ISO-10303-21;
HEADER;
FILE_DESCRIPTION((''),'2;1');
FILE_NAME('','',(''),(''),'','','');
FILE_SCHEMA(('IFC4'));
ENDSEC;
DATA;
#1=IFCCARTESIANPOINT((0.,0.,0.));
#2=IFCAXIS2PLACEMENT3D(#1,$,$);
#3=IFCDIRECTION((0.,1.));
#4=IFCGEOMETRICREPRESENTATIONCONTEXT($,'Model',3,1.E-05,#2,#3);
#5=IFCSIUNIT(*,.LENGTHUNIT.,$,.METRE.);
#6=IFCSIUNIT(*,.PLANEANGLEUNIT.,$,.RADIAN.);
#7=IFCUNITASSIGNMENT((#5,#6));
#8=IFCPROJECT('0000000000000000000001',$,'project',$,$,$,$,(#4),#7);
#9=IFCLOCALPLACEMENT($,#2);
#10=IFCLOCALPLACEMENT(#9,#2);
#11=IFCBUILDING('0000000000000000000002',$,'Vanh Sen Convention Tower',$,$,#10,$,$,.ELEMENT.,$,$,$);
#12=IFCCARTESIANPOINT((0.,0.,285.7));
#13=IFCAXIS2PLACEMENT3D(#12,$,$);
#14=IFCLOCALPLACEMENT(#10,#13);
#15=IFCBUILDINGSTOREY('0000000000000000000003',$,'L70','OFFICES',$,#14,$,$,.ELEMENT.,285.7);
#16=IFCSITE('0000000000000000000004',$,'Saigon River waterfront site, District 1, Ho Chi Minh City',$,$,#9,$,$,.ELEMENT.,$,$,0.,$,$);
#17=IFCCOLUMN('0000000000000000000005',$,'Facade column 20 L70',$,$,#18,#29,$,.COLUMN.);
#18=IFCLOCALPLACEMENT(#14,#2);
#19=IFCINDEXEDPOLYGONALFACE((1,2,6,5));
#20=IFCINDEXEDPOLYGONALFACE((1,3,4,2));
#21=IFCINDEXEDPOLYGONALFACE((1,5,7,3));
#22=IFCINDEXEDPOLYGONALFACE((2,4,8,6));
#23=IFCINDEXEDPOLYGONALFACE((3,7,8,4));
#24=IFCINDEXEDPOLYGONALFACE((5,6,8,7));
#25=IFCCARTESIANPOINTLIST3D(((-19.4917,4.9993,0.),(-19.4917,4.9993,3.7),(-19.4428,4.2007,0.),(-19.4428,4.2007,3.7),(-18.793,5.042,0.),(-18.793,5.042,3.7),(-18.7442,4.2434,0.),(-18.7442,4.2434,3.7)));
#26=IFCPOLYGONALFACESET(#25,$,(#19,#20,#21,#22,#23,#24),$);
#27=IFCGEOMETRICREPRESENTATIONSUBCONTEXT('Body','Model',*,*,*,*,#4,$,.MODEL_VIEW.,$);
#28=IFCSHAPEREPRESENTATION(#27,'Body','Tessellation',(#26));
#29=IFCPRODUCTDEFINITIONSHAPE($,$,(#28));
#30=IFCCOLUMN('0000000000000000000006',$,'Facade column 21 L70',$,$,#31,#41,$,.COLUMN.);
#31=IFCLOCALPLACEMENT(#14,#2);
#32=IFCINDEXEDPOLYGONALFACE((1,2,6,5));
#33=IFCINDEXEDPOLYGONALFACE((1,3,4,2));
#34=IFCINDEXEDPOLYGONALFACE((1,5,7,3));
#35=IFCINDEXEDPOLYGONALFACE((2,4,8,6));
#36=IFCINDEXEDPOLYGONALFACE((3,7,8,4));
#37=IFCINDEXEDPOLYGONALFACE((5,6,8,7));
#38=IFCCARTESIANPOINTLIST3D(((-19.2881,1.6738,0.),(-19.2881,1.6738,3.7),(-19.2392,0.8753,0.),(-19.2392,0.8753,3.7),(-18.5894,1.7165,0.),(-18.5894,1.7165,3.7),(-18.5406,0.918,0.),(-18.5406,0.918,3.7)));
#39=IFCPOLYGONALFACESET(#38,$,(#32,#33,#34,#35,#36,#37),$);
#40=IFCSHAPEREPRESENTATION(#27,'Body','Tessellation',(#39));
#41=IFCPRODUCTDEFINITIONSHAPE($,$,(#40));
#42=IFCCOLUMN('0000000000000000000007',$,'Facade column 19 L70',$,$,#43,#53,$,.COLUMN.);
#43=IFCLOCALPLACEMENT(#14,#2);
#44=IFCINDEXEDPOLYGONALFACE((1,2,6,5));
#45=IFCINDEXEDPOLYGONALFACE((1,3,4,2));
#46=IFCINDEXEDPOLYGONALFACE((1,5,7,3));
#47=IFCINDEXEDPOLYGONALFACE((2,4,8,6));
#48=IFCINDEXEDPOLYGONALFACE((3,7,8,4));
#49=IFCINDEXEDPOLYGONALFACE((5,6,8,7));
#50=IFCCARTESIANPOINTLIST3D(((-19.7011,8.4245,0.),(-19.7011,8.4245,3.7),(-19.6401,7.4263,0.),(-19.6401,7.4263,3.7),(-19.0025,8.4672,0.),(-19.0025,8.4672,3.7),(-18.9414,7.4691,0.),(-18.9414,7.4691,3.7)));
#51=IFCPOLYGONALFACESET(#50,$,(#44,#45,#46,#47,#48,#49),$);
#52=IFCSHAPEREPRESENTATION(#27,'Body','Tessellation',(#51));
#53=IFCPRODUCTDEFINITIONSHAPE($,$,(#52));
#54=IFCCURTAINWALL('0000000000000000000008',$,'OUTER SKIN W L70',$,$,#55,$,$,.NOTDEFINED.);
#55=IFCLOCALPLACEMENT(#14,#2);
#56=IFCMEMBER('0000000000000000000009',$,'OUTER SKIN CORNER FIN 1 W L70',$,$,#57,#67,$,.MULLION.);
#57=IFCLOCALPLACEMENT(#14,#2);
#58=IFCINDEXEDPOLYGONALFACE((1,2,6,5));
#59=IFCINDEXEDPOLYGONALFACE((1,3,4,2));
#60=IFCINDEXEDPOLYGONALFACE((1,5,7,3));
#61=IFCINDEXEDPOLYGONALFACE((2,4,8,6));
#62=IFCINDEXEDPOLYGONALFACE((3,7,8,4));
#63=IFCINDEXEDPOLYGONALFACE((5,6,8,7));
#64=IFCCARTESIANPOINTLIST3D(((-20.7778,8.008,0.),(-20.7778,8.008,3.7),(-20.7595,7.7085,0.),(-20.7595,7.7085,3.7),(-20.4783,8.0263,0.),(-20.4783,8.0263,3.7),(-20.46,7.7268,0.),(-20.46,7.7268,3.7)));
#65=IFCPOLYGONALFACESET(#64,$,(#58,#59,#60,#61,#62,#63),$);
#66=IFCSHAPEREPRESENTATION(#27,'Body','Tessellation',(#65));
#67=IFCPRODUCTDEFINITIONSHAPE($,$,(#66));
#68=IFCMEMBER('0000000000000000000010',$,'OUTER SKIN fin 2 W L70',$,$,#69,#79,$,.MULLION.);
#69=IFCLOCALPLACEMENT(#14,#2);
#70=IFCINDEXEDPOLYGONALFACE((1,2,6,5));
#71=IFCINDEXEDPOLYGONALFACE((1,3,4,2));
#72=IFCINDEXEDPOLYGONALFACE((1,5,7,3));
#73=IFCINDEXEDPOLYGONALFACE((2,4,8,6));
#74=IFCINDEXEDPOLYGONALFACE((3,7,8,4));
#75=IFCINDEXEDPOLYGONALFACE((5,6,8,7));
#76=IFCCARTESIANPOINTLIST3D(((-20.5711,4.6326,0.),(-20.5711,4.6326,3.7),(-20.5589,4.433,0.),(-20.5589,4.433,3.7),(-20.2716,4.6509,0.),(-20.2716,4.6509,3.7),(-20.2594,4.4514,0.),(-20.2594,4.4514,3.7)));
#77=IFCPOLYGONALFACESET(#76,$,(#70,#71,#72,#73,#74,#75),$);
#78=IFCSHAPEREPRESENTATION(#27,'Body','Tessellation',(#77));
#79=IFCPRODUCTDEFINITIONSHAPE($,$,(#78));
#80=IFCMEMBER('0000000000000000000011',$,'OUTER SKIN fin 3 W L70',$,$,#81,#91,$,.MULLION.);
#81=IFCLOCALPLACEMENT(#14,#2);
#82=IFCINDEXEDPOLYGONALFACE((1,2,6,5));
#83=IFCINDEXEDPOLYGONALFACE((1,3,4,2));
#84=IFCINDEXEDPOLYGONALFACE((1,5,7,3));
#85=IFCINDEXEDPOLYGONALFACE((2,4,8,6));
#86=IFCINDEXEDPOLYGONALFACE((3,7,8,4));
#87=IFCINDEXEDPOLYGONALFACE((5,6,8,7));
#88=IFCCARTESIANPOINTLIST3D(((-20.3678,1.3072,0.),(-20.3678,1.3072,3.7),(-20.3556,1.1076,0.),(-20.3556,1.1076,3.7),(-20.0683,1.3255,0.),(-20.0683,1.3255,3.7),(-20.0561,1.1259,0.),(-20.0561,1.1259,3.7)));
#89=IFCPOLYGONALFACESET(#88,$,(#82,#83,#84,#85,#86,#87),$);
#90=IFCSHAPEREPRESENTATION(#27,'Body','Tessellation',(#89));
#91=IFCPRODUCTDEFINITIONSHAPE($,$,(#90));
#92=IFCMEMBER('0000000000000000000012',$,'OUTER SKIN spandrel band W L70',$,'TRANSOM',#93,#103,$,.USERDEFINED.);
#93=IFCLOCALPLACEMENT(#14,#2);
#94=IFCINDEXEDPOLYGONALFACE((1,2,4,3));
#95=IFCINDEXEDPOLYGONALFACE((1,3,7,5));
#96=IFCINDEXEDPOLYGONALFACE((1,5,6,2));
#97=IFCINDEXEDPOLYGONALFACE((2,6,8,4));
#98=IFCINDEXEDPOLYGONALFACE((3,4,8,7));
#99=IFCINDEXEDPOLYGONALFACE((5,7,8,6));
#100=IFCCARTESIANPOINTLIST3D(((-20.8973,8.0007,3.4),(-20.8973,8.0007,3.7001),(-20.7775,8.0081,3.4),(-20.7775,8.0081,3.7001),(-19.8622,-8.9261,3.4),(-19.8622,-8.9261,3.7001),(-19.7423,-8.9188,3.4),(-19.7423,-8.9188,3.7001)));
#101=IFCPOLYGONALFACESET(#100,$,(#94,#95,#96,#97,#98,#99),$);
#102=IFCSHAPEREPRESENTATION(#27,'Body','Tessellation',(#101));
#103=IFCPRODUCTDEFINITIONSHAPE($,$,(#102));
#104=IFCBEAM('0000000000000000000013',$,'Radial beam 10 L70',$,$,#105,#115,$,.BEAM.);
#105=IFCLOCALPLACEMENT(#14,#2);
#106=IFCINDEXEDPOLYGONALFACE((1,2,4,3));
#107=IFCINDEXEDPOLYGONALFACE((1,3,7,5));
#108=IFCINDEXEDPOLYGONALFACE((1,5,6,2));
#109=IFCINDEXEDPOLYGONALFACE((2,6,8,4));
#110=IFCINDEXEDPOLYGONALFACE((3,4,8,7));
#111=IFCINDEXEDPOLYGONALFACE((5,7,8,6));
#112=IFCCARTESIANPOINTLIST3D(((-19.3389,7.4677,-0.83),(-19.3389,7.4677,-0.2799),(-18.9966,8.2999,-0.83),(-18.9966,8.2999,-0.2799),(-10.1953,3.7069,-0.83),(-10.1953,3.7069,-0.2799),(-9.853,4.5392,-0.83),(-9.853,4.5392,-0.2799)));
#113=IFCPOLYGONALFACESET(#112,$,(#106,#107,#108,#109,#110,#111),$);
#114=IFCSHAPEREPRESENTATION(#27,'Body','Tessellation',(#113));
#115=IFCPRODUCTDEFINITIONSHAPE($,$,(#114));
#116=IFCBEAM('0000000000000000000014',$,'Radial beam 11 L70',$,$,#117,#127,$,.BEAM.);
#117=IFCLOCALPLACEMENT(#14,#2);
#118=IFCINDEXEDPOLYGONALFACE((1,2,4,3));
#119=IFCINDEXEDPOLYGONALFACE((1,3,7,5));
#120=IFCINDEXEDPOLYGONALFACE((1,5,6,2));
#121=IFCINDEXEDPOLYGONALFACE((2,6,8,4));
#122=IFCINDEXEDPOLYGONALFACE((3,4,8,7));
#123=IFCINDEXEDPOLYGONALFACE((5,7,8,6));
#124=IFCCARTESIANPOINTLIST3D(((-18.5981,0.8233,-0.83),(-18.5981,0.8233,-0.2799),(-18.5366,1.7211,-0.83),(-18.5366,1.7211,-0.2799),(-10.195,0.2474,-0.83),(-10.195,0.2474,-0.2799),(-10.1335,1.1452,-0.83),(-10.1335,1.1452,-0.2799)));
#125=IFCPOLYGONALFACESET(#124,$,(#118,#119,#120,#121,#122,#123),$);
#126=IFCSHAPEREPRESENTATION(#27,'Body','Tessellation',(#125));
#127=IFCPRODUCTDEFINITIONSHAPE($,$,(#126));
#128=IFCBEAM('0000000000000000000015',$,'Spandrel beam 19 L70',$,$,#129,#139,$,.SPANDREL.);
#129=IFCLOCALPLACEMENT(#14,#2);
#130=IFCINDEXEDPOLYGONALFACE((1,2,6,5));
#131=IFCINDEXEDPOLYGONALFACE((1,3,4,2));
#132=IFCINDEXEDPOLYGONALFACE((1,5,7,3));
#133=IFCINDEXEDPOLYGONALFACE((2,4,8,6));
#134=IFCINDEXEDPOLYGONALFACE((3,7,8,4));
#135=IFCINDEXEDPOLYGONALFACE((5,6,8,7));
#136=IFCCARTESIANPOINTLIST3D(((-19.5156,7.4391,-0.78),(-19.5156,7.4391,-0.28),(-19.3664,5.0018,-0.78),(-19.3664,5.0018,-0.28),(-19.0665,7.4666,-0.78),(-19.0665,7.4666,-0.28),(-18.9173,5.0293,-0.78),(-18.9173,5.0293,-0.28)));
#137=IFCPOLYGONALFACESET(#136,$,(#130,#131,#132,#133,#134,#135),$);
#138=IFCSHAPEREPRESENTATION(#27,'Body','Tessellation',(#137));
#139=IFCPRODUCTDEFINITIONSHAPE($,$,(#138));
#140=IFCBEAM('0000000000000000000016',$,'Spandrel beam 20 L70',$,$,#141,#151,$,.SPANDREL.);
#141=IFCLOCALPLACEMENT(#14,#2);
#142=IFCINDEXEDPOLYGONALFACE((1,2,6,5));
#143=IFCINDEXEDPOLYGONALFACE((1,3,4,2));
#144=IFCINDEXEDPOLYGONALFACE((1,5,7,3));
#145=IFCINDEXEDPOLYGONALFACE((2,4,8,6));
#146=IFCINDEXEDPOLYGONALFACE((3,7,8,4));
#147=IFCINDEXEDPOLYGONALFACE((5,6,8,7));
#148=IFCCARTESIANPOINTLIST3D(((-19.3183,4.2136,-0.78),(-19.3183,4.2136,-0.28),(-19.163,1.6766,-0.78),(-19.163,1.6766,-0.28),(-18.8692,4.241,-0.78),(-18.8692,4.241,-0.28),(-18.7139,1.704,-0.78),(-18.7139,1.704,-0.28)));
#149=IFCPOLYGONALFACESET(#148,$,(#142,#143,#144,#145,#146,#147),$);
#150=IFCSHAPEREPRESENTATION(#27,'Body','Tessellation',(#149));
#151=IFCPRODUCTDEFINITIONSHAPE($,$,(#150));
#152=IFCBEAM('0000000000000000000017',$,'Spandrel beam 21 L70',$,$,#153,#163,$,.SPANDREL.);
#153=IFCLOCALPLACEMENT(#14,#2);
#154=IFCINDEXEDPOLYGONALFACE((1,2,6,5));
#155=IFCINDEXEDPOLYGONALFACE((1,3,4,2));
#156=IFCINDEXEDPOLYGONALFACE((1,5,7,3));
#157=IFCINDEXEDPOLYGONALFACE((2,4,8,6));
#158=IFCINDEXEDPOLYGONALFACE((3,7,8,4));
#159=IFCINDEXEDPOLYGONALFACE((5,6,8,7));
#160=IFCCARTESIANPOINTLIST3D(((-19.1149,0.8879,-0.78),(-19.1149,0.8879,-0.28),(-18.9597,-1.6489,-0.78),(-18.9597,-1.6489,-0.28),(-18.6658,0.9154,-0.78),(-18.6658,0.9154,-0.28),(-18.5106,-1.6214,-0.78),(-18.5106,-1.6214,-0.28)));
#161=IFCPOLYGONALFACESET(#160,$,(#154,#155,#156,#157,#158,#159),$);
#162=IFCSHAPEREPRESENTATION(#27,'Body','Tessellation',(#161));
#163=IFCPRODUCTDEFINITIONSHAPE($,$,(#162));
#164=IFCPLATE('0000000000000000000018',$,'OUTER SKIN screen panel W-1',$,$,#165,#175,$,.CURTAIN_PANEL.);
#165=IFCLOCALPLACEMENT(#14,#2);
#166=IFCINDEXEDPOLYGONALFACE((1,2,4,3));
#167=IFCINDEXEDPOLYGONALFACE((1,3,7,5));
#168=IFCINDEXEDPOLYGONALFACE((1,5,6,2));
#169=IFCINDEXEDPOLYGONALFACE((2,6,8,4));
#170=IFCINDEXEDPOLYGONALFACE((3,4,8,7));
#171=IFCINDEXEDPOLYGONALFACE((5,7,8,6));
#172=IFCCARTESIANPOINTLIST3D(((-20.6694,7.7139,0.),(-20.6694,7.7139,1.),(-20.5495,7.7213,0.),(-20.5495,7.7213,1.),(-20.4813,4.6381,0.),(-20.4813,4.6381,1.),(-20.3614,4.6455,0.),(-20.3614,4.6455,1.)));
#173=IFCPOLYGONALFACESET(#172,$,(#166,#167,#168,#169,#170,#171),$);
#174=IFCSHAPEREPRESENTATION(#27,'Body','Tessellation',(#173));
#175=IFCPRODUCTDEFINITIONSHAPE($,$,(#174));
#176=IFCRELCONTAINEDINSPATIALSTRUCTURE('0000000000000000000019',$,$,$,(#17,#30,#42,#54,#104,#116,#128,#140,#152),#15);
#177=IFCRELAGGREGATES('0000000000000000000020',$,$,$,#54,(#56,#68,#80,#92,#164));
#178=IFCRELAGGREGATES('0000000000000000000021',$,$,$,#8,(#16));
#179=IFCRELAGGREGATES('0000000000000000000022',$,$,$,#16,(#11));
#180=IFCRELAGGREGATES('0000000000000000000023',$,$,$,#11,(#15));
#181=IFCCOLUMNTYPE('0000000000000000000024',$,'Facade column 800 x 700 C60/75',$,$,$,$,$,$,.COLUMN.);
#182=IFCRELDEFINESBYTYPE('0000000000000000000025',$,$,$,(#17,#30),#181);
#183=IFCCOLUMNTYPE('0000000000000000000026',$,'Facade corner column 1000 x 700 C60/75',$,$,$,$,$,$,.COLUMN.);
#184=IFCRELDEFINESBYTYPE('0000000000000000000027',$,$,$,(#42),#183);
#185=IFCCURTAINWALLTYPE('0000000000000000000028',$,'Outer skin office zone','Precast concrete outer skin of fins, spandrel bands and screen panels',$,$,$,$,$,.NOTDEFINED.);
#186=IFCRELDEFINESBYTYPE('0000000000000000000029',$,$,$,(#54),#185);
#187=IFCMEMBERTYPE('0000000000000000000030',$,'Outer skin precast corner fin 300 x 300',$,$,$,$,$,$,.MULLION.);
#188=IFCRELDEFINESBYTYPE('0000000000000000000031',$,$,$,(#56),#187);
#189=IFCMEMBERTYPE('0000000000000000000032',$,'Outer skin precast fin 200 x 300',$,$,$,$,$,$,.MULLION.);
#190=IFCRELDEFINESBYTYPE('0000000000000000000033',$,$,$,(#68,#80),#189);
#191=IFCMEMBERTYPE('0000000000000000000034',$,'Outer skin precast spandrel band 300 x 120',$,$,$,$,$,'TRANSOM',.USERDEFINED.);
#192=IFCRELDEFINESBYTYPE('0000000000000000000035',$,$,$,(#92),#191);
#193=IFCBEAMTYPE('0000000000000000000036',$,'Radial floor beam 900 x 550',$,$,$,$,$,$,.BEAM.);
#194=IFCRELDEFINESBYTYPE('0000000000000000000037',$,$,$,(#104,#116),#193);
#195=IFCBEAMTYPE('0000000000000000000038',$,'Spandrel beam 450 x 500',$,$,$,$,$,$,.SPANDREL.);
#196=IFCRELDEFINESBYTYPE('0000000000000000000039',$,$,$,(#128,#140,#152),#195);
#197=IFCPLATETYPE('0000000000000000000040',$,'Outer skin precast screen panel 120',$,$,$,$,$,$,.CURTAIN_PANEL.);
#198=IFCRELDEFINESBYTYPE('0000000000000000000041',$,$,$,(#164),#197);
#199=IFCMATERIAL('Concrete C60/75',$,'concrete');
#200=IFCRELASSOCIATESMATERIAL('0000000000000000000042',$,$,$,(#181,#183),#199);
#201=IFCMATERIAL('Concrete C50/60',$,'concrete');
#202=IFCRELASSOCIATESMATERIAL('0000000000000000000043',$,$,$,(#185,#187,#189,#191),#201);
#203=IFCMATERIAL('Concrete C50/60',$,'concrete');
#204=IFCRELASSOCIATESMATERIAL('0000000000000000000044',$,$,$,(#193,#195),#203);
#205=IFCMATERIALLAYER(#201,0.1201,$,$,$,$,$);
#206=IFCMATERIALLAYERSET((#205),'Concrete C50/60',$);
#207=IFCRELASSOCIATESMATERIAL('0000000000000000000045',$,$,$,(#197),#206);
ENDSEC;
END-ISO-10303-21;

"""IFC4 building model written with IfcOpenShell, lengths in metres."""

from ifc_helpers import new_model, si_unit, direction, frame, origin, origin_2d, place, context, subcontext, project, spatial, rectangle, extrude, material, layer, layer_set, material_profile, profile_set, type_object, element, aggregate, save


model = new_model("IFC4")

# Units and contexts
model_context = context("Model", 3, precision=1e-05, world=origin(), true_north=direction((0.0, 1.0)))
body_context = subcontext(model_context, "Body", "Model", "MODEL_VIEW")
ifc_project = project(units=[si_unit("LENGTHUNIT", "METRE"), si_unit("PLANEANGLEUNIT", "RADIAN")], contexts=[model_context])

# Site, building, storey
site_placement = place(None, origin())
site = spatial("IfcSite", under=ifc_project, at=site_placement, Name="Saigon River waterfront site, District 1, Ho Chi Minh City", CompositionType="ELEMENT", RefElevation=0.0)
building_placement = place(site_placement, origin())
building = spatial("IfcBuilding", under=site, at=building_placement, Name="Vanh Sen Convention Tower", CompositionType="ELEMENT")
storey_placement = place(building_placement, frame((0.0, 0.0, 285.7)))
storey = spatial("IfcBuildingStorey", under=building, at=storey_placement, Name="L70", Description="OFFICES", CompositionType="ELEMENT", Elevation=285.7)

# Columns
ifc_material_1 = material(Name="Concrete C60/75", Category="concrete")
ifc_material_profile_1 = material_profile(ifc_material_1, rectangle(XDim=0.8, YDim=0.7, at=origin_2d()), Name="RC 800X700")
ifc_profile_set_1 = profile_set([ifc_material_profile_1], Name="Concrete C60/75")
column_type_1 = type_object("IfcColumnType", Name="Facade column 800 x 700 C60/75", PredefinedType="COLUMN", material=ifc_profile_set_1)
for number, where, z_axis, x_axis, name in (
    (1, (-19.1179, 4.6213, 0.0), (0.0, 0.0, 1.0), (0.061049, -0.998135, 0.0), "Facade column 20 L70"),
    (2, (-18.9143, 1.2959, 0.0), (0.0, 0.0, 1.0), (0.061049, -0.998135, 0.0), "Facade column 21 L70"),
):
    element("IfcColumn", number, at=place(storey_placement, frame(where, z_axis=z_axis, x_axis=x_axis)), inside=storey, type_object=column_type_1, Name=name, PredefinedType="COLUMN", context=body_context, shape_type="SweptSolid", body=[
        extrude(rectangle(XDim=0.8, YDim=0.7, at=origin_2d()), origin(), (0.0, 0.0, 1.0), 3.7),
    ])
ifc_material_profile_2 = material_profile(ifc_material_1, rectangle(XDim=1.0, YDim=0.7, at=origin_2d()), Name="RC 1000X700")
ifc_profile_set_2 = profile_set([ifc_material_profile_2], Name="Concrete C60/75")
column_type_2 = type_object("IfcColumnType", Name="Facade corner column 1000 x 700 C60/75", PredefinedType="COLUMN", material=ifc_profile_set_2)
column_placement = place(storey_placement, frame((-19.3213, 7.9468, 0.0), z_axis=(0.0, 0.0, 1.0), x_axis=(0.061049, -0.998135, 0.0)))
element("IfcColumn", 3, at=column_placement, inside=storey, type_object=column_type_2, Name="Facade column 19 L70", PredefinedType="COLUMN", context=body_context, shape_type="SweptSolid", body=[
    extrude(rectangle(XDim=1.0, YDim=0.7, at=origin_2d()), origin(), (0.0, 0.0, 1.0), 3.7),
])

# Curtain wall, members
ifc_material_2 = material(Name="Concrete C50/60", Category="concrete")
curtain_wall_type = type_object("IfcCurtainWallType", Name="Outer skin office zone", Description="Precast concrete outer skin of fins, spandrel bands and screen panels", PredefinedType="NOTDEFINED", material=ifc_material_2)
curtain_wall_placement = place(storey_placement, origin())
curtain_wall = element("IfcCurtainWall", 4, at=curtain_wall_placement, inside=storey, type_object=curtain_wall_type, Name="OUTER SKIN W L70", PredefinedType="NOTDEFINED")
ifc_material_profile_3 = material_profile(ifc_material_2, rectangle(XDim=0.3, YDim=0.3, at=origin_2d()), Name="Outer skin precast corner fin 300 x 300")
ifc_profile_set_3 = profile_set([ifc_material_profile_3], Name="Concrete C50/60")
member_type_1 = type_object("IfcMemberType", Name="Outer skin precast corner fin 300 x 300", PredefinedType="MULLION", material=ifc_profile_set_3)
member_1_placement = place(storey_placement, frame((-20.6189, 7.8674, 0.0), z_axis=(0.0, 0.0, 1.0), x_axis=(0.061049, -0.998135, 0.0)))
member_1 = element("IfcMember", 5, at=member_1_placement, type_object=member_type_1, Name="OUTER SKIN CORNER FIN 1 W L70", PredefinedType="MULLION", context=body_context, shape_type="SweptSolid", body=[
    extrude(rectangle(XDim=0.3, YDim=0.3, at=origin_2d()), origin(), (0.0, 0.0, 1.0), 3.7),
])
ifc_material_profile_4 = material_profile(ifc_material_2, rectangle(XDim=0.2, YDim=0.3, at=origin_2d()), Name="Outer skin precast fin 200 x 300")
ifc_profile_set_4 = profile_set([ifc_material_profile_4], Name="Concrete C50/60")
member_type_2 = type_object("IfcMemberType", Name="Outer skin precast fin 200 x 300", PredefinedType="MULLION", material=ifc_profile_set_4)
member_2_placement = place(storey_placement, frame((-20.4153, 4.542, 0.0), z_axis=(0.0, 0.0, 1.0), x_axis=(0.061049, -0.998135, 0.0)))
member_2 = element("IfcMember", 6, at=member_2_placement, type_object=member_type_2, Name="OUTER SKIN fin 2 W L70", PredefinedType="MULLION", context=body_context, shape_type="SweptSolid", body=[
    extrude(rectangle(XDim=0.2, YDim=0.3, at=origin_2d()), origin(), (0.0, 0.0, 1.0), 3.7),
])
member_3_placement = place(storey_placement, frame((-20.2119, 1.2166, 0.0), z_axis=(0.0, 0.0, 1.0), x_axis=(0.061049, -0.998135, 0.0)))
member_3 = element("IfcMember", 7, at=member_3_placement, type_object=member_type_2, Name="OUTER SKIN fin 3 W L70", PredefinedType="MULLION", context=body_context, shape_type="SweptSolid", body=[
    extrude(rectangle(XDim=0.2, YDim=0.3, at=origin_2d()), origin(), (0.0, 0.0, 1.0), 3.7),
])
ifc_material_profile_5 = material_profile(ifc_material_2, rectangle(XDim=0.1201, YDim=0.3, at=origin_2d()), Name="Outer skin precast spandrel band 300 x 120")
ifc_profile_set_5 = profile_set([ifc_material_profile_5], Name="Concrete C50/60")
member_type_3 = type_object("IfcMemberType", Name="Outer skin precast spandrel band 300 x 120", ElementType="TRANSOM", PredefinedType="USERDEFINED", material=ifc_profile_set_5)
member_4_placement = place(storey_placement, frame((-20.8374, 8.0044, 3.55), z_axis=(0.061041, -0.998135, 0.0), x_axis=(0.998135, 0.061041, 0.0)))
member_4 = element("IfcMember", 8, at=member_4_placement, type_object=member_type_3, Name="OUTER SKIN spandrel band W L70", ObjectType="TRANSOM", PredefinedType="USERDEFINED", context=body_context, shape_type="SweptSolid", body=[
    extrude(rectangle(XDim=0.1201, YDim=0.3, at=origin_2d()), origin(), (0.0, 0.0, 1.0), 16.9585),
])

# Beams
ifc_material_3 = material(Name="Concrete C50/60", Category="concrete")
ifc_material_profile_6 = material_profile(ifc_material_3, rectangle(XDim=0.8999, YDim=0.55, at=origin_2d()), Name="RC 900X550")
ifc_profile_set_6 = profile_set([ifc_material_profile_6], Name="Concrete C50/60")
beam_type_1 = type_object("IfcBeamType", Name="Radial floor beam 900 x 550", PredefinedType="BEAM", material=ifc_profile_set_6)
beam_1_placement = place(storey_placement, frame((-19.1677, 7.8838, -0.5549), z_axis=(0.924829, -0.380382, 0.0), x_axis=(0.380382, 0.924829, 0.0)))
element("IfcBeam", 9, at=beam_1_placement, inside=storey, type_object=beam_type_1, Name="Radial beam 10 L70", PredefinedType="BEAM", context=body_context, shape_type="SweptSolid", body=[
    extrude(rectangle(XDim=0.8999, YDim=0.55, at=origin_2d()), origin(), (0.0, 0.0, 1.0), 9.8867),
])
beam_2_placement = place(storey_placement, frame((-18.5674, 1.2722, -0.5549), z_axis=(0.99766, -0.068377, 0.0), x_axis=(0.068377, 0.99766, 0.0)))
element("IfcBeam", 10, at=beam_2_placement, inside=storey, type_object=beam_type_1, Name="Radial beam 11 L70", PredefinedType="BEAM", context=body_context, shape_type="SweptSolid", body=[
    extrude(rectangle(XDim=0.8999, YDim=0.55, at=origin_2d()), origin(), (0.0, 0.0, 1.0), 8.4229),
])
ifc_material_profile_7 = material_profile(ifc_material_3, rectangle(XDim=0.45, YDim=0.5, at=origin_2d()), Name="RC 450X500")
ifc_profile_set_7 = profile_set([ifc_material_profile_7], Name="Concrete C50/60")
beam_type_2 = type_object("IfcBeamType", Name="Spandrel beam 450 x 500", PredefinedType="SPANDREL", material=ifc_profile_set_7)
beam_3_placement = place(storey_placement, frame((-19.291, 7.4529, -0.53), z_axis=(0.06109, -0.998132, 0.0), x_axis=(0.998132, 0.06109, 0.0)))
element("IfcBeam", 11, at=beam_3_placement, inside=storey, type_object=beam_type_2, Name="Spandrel beam 19 L70", PredefinedType="SPANDREL", context=body_context, shape_type="SweptSolid", body=[
    extrude(rectangle(XDim=0.45, YDim=0.5, at=origin_2d()), origin(), (0.0, 0.0, 1.0), 2.4419),
])
beam_4_placement = place(storey_placement, frame((-19.0938, 4.2273, -0.53), z_axis=(0.061087, -0.998132, 0.0), x_axis=(0.998132, 0.061087, 0.0)))
element("IfcBeam", 12, at=beam_4_placement, inside=storey, type_object=beam_type_2, Name="Spandrel beam 20 L70", PredefinedType="SPANDREL", context=body_context, shape_type="SweptSolid", body=[
    extrude(rectangle(XDim=0.45, YDim=0.5, at=origin_2d()), origin(), (0.0, 0.0, 1.0), 2.5417),
])
beam_5_placement = place(storey_placement, frame((-18.8904, 0.9016, -0.53), z_axis=(0.061092, -0.998132, 0.0), x_axis=(0.998132, 0.061092, 0.0)))
element("IfcBeam", 13, at=beam_5_placement, inside=storey, type_object=beam_type_2, Name="Spandrel beam 21 L70", PredefinedType="SPANDREL", context=body_context, shape_type="SweptSolid", body=[
    extrude(rectangle(XDim=0.45, YDim=0.5, at=origin_2d()), origin(), (0.0, 0.0, 1.0), 2.5415),
])

# Plate
ifc_layer_1 = layer(ifc_material_2, 0.1201)
ifc_layer_set_1 = layer_set([ifc_layer_1], Name="Concrete C50/60")
plate_type = type_object("IfcPlateType", Name="Outer skin precast screen panel 120", PredefinedType="CURTAIN_PANEL", material=ifc_layer_set_1)
plate_1_placement = place(storey_placement, frame((-20.5154, 6.1797, 0.0), z_axis=(0.0, 0.0, 1.0), x_axis=(0.061052, -0.998135, 0.0)))
plate_1 = element("IfcPlate", 14, at=plate_1_placement, type_object=plate_type, Name="OUTER SKIN screen panel W-1", PredefinedType="CURTAIN_PANEL", context=body_context, shape_type="SweptSolid", body=[
    extrude(rectangle(XDim=3.0815, YDim=0.1201, at=origin_2d()), origin(), (0.0, 0.0, 1.0), 1.0),
])
aggregate(curtain_wall, [member_1, member_2, member_3, member_4, plate_1])

save(model, "model.ifc")
